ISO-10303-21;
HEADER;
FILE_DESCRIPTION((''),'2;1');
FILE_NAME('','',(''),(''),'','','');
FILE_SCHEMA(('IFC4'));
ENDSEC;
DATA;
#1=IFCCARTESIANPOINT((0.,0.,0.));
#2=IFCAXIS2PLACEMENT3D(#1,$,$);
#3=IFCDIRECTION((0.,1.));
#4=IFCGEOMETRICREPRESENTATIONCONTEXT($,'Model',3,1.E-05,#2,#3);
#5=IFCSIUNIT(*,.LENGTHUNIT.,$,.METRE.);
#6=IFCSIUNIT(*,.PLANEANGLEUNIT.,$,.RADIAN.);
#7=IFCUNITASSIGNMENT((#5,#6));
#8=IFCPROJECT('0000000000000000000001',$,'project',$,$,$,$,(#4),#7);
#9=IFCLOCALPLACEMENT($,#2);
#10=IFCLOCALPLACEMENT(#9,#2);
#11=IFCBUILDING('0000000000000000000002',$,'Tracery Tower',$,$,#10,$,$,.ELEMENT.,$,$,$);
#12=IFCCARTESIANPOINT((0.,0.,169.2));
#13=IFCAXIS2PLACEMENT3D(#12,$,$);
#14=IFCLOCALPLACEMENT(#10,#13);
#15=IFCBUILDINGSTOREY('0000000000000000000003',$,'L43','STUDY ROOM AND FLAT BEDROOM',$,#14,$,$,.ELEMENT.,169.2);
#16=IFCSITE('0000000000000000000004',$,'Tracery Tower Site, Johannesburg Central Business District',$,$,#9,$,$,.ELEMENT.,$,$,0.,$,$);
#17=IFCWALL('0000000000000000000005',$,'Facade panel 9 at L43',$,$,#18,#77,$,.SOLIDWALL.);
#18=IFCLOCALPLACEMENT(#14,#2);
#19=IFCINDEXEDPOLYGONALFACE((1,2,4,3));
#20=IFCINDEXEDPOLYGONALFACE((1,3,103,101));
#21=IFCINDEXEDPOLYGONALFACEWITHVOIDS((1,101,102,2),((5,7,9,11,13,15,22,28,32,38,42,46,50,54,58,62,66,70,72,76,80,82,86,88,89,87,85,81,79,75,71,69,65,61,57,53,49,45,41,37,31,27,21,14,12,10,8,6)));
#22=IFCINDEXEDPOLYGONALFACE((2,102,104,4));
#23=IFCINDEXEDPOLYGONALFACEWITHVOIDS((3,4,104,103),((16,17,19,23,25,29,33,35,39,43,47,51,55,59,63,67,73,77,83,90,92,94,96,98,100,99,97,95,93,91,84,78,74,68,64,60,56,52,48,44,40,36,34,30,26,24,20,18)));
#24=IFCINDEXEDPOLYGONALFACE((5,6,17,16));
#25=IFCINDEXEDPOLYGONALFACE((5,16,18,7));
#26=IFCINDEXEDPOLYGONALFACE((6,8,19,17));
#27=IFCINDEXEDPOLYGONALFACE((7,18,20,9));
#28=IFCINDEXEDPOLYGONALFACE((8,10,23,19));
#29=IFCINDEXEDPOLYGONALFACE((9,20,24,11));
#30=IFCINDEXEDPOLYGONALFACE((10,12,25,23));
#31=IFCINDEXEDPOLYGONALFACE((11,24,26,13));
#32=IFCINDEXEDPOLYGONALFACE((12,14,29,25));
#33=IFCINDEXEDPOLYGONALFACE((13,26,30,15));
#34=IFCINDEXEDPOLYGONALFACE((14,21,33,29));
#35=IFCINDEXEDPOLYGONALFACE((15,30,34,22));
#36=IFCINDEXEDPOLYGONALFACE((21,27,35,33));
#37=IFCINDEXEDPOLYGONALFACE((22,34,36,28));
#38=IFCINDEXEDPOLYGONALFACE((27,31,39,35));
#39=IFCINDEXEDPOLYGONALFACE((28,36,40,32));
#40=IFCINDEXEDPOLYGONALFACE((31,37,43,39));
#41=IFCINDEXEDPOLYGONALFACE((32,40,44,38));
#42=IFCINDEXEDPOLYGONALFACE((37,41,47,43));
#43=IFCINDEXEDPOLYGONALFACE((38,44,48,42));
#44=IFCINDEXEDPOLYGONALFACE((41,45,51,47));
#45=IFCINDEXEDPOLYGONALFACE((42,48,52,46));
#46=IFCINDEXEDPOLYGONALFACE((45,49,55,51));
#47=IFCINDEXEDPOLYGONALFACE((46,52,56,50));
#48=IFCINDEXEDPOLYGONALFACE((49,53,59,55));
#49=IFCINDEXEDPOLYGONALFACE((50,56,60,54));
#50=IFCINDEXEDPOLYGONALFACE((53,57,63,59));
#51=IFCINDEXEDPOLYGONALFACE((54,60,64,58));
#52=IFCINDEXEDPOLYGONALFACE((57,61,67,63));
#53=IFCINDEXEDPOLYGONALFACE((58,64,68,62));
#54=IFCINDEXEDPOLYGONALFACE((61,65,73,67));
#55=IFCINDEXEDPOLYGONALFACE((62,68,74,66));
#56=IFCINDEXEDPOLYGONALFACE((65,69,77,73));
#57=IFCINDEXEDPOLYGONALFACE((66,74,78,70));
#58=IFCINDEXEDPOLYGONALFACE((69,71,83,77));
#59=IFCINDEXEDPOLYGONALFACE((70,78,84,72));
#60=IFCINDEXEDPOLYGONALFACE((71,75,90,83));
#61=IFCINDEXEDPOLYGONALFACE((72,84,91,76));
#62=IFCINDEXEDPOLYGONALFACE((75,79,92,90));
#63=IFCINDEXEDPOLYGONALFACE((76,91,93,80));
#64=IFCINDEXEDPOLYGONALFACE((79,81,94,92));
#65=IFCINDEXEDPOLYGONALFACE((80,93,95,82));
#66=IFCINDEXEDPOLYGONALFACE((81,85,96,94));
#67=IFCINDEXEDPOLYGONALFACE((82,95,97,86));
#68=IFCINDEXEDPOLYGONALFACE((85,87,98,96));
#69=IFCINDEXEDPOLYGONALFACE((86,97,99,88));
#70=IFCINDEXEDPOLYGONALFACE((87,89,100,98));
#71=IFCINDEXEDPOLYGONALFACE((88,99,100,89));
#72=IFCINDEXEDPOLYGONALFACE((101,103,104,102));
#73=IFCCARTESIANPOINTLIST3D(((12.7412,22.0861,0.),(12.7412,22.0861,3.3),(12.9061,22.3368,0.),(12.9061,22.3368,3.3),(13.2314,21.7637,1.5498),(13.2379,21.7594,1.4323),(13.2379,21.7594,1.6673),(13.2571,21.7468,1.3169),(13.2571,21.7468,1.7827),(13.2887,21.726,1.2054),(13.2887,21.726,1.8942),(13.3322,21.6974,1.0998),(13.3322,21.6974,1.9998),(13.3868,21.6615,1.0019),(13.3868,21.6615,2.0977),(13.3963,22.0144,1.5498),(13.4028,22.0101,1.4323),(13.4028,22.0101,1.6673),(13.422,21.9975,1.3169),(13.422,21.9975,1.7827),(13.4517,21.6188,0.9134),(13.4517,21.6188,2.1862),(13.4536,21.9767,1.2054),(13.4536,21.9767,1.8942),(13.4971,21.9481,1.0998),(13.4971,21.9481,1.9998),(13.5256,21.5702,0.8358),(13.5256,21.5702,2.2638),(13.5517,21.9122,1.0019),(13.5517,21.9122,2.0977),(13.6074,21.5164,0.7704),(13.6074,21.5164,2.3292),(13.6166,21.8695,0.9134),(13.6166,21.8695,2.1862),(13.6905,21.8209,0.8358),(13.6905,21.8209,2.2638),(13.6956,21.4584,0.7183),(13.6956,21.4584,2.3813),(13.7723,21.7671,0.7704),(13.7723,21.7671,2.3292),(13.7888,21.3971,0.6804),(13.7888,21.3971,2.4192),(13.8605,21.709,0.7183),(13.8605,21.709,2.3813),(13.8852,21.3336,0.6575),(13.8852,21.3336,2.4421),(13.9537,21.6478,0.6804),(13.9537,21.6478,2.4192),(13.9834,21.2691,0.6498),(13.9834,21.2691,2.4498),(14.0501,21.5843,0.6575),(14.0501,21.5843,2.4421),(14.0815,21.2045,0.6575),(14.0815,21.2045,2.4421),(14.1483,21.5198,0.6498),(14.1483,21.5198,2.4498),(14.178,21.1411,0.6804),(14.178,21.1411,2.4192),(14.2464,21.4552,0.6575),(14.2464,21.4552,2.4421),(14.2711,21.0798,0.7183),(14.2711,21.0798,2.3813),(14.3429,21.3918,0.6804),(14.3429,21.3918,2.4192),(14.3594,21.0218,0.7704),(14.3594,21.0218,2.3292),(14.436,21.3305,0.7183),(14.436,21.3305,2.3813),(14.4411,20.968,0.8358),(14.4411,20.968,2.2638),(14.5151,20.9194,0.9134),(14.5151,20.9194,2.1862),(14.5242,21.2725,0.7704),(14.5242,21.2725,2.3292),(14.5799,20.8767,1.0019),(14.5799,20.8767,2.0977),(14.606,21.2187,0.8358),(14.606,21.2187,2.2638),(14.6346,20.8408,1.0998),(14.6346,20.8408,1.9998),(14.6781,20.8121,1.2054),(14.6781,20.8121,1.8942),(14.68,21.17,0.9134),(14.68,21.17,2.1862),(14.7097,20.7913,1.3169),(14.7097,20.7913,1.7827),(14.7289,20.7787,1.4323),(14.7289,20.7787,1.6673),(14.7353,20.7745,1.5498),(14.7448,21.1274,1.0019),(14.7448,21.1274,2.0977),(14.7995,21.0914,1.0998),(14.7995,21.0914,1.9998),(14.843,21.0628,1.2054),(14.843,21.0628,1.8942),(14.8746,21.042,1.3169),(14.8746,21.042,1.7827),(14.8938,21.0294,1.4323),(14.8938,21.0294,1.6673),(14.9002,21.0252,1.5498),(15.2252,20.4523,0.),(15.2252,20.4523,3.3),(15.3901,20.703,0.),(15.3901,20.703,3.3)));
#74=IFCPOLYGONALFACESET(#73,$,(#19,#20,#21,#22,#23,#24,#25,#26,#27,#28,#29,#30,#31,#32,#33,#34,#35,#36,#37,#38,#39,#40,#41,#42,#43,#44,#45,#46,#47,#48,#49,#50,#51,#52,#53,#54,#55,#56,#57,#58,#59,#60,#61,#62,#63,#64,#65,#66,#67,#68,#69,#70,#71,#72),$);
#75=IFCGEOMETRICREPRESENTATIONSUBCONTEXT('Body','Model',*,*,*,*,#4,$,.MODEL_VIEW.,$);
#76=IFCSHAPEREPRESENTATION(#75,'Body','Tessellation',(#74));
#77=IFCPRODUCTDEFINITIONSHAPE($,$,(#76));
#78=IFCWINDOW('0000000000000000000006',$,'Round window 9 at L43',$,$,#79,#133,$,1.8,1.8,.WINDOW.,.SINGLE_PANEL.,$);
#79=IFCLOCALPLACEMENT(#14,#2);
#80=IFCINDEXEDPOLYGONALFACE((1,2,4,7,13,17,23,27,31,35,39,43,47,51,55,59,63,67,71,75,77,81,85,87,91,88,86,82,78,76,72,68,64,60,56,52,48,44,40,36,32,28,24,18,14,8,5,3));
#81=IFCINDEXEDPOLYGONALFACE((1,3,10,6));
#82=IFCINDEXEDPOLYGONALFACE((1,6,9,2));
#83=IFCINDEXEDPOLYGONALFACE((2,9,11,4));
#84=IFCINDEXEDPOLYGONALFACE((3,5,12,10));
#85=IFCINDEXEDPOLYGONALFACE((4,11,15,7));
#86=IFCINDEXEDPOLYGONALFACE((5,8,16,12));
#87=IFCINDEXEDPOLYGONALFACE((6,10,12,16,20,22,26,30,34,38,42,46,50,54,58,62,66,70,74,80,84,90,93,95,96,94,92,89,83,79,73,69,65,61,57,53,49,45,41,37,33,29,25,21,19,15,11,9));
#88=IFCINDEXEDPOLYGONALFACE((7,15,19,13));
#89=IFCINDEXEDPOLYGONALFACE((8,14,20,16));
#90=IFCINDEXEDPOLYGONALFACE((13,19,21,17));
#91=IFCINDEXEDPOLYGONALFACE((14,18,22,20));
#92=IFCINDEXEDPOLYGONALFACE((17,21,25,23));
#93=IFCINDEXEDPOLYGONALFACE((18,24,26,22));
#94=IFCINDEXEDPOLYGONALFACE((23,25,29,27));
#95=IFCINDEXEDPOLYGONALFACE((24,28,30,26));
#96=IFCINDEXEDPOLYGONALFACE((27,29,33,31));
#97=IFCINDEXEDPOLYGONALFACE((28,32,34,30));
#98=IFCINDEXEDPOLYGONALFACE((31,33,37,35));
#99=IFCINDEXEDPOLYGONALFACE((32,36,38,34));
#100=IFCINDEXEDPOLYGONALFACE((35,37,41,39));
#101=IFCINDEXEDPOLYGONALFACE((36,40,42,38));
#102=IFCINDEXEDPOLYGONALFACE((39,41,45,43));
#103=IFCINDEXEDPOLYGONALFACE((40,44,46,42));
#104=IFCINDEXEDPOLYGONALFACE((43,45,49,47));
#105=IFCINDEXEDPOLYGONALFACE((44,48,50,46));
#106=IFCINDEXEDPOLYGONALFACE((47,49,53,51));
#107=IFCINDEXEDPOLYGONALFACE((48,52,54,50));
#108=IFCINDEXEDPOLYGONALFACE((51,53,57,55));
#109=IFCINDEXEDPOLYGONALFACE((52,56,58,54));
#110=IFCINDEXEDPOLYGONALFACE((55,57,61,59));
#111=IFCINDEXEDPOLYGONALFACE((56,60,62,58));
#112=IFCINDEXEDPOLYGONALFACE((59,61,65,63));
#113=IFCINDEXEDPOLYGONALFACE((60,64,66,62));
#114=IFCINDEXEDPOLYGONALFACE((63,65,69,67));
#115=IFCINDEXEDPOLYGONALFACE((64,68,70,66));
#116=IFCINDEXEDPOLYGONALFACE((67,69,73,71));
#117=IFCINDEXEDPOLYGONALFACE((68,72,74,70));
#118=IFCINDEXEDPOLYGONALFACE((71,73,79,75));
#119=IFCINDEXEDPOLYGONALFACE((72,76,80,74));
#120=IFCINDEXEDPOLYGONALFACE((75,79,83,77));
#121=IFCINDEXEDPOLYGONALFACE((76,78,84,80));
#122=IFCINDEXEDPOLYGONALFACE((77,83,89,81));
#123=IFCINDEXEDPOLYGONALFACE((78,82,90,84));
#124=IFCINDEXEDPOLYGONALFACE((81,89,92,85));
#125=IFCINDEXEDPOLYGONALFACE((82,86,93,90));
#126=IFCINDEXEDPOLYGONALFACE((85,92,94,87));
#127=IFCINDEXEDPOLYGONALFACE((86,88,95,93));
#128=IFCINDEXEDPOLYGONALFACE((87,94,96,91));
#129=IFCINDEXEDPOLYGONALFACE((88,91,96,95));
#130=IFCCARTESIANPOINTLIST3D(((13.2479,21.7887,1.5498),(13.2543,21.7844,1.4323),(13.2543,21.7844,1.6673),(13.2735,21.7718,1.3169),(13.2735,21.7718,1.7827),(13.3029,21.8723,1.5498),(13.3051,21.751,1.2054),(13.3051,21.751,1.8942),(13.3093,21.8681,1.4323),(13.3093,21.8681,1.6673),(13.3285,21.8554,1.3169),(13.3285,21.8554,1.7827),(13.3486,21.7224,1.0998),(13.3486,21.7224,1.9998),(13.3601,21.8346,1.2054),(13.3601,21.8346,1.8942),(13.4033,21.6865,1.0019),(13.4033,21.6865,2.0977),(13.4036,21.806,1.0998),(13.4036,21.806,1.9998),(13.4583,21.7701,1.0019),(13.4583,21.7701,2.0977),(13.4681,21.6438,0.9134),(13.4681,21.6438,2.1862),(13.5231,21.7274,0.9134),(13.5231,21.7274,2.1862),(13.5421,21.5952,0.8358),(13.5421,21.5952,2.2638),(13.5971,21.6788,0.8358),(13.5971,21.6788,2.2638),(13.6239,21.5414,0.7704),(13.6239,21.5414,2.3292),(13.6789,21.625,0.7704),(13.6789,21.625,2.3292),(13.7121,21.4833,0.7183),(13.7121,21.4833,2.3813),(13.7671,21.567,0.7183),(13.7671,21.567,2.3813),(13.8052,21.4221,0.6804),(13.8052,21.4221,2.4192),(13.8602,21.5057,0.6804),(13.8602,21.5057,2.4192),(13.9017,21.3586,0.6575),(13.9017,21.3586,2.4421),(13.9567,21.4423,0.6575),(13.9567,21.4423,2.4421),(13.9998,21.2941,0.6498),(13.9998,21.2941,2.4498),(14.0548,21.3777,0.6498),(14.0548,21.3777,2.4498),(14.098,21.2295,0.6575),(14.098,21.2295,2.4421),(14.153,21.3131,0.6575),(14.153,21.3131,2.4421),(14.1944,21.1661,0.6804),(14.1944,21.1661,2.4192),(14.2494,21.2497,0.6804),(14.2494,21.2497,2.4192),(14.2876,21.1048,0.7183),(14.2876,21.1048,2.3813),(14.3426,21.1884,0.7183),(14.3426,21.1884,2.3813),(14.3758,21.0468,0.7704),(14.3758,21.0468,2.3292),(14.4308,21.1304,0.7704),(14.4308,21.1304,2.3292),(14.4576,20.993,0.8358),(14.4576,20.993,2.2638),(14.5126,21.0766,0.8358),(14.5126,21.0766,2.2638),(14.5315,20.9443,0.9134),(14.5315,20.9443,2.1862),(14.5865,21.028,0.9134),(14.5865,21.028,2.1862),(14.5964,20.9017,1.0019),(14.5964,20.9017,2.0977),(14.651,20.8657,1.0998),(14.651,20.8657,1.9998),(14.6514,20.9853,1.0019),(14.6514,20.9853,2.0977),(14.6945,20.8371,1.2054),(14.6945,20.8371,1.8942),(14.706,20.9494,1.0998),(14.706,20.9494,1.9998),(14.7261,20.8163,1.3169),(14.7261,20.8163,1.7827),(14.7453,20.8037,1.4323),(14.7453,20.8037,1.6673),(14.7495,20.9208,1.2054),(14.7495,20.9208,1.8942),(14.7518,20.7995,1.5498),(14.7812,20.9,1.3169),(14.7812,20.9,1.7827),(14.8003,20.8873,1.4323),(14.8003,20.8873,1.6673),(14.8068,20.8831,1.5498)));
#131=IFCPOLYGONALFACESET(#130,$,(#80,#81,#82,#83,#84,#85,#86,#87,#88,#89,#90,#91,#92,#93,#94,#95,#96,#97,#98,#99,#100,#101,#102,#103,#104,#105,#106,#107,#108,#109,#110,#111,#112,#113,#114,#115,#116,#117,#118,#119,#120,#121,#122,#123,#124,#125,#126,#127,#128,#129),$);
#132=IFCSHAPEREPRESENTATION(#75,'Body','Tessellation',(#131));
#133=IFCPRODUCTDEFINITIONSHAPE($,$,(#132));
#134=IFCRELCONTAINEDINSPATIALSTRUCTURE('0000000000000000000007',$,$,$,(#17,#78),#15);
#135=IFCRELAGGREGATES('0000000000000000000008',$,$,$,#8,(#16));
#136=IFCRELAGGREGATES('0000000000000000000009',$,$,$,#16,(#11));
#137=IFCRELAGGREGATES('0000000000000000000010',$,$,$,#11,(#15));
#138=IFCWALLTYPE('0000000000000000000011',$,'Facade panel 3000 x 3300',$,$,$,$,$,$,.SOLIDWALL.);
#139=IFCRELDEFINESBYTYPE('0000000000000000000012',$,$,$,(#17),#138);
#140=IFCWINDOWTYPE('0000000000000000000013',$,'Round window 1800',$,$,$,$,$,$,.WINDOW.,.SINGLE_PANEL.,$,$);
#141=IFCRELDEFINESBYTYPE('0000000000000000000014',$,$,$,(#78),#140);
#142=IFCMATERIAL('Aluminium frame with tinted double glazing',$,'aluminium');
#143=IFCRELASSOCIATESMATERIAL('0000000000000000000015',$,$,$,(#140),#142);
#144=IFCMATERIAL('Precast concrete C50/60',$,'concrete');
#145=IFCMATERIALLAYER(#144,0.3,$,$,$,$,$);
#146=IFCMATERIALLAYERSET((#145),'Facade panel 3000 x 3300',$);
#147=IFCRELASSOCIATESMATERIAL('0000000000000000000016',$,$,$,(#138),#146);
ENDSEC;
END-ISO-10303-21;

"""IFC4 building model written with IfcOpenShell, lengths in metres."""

from ifc_helpers import new_model, si_unit, direction, frame, frame_2d, origin, origin_2d, place, context, subcontext, project, spatial, rectangle, circle, extrude, material, layer, layer_set, type_object, element, fill, save


model = new_model("IFC4")

# Units and contexts
model_context = context("Model", 3, precision=1e-05, world=origin(), true_north=direction((0.0, 1.0)))
body_context = subcontext(model_context, "Body", "Model", "MODEL_VIEW")
ifc_project = project(units=[si_unit("LENGTHUNIT", "METRE"), si_unit("PLANEANGLEUNIT", "RADIAN")], contexts=[model_context])

# Site, building, storey
site_placement = place(None, origin())
site = spatial("IfcSite", under=ifc_project, at=site_placement, Name="Tracery Tower Site, Johannesburg Central Business District", CompositionType="ELEMENT", RefElevation=0.0)
building_placement = place(site_placement, origin())
building = spatial("IfcBuilding", under=site, at=building_placement, Name="Tracery Tower", CompositionType="ELEMENT")
storey_placement = place(building_placement, frame((0.0, 0.0, 169.2)))
storey = spatial("IfcBuildingStorey", under=building, at=storey_placement, Name="L43", Description="STUDY ROOM AND FLAT BEDROOM", CompositionType="ELEMENT", Elevation=169.2)

# Wall, opening, window
ifc_material_1 = material(Name="Aluminium frame with tinted double glazing", Category="aluminium")
window_type = type_object("IfcWindowType", Name="Round window 1800", PartitioningType="SINGLE_PANEL", PredefinedType="WINDOW", material=ifc_material_1)
ifc_material_2 = material(Name="Precast concrete C50/60", Category="concrete")
ifc_layer_1 = layer(ifc_material_2, 0.3)
ifc_layer_set_1 = layer_set([ifc_layer_1], Name="Facade panel 3000 x 3300")
wall_type_1 = type_object("IfcWallType", Name="Facade panel 3000 x 3300", PredefinedType="SOLIDWALL", material=ifc_layer_set_1)
wall_1_placement = place(storey_placement, frame((15.3076, 20.5776, 0.0), z_axis=(0.0, 0.0, 1.0), x_axis=(-0.835471, 0.549535, 0.0)))
wall_1 = element("IfcWall", 1, at=wall_1_placement, inside=storey, type_object=wall_type_1, Name="Facade panel 9 at L43", PredefinedType="SOLIDWALL", context=body_context, shape_type="SweptSolid", body=[
    extrude(rectangle(XDim=2.9731, YDim=0.3, at=frame_2d((1.4866, 0.0))), origin(), (0.0, 0.0, 1.0), 3.3),
])
opening_1_placement = place(wall_1_placement, frame((1.4863, 0.0, 1.5498)))
opening_1 = element("IfcOpeningElement", 2, at=opening_1_placement, cuts=wall_1, PredefinedType="OPENING", context=body_context, shape_type="SweptSolid", body=[
    extrude(circle(Radius=0.9, at=origin_2d()), frame((0.0, 0.1599, 0.0), z_axis=(0.0, -1.0, 0.0), x_axis=(1.0, 0.0, 0.0)), (0.0, 0.0, 1.0), 0.3201),
])
window_1_placement = place(opening_1_placement, origin())
window_1 = element("IfcWindow", 3, at=window_1_placement, inside=storey, type_object=window_type, Name="Round window 9 at L43", OverallHeight=1.8, OverallWidth=1.8, PartitioningType="SINGLE_PANEL", PredefinedType="WINDOW", context=body_context, shape_type="SweptSolid", body=[
    extrude(circle(Radius=0.9, at=origin_2d()), frame((0.0, 0.1201, 0.0), z_axis=(0.0, -1.0, 0.0), x_axis=(1.0, 0.0, 0.0)), (0.0, 0.0, 1.0), 0.1001),
])
fill(opening_1, window_1)

save(model, "model.ifc")
